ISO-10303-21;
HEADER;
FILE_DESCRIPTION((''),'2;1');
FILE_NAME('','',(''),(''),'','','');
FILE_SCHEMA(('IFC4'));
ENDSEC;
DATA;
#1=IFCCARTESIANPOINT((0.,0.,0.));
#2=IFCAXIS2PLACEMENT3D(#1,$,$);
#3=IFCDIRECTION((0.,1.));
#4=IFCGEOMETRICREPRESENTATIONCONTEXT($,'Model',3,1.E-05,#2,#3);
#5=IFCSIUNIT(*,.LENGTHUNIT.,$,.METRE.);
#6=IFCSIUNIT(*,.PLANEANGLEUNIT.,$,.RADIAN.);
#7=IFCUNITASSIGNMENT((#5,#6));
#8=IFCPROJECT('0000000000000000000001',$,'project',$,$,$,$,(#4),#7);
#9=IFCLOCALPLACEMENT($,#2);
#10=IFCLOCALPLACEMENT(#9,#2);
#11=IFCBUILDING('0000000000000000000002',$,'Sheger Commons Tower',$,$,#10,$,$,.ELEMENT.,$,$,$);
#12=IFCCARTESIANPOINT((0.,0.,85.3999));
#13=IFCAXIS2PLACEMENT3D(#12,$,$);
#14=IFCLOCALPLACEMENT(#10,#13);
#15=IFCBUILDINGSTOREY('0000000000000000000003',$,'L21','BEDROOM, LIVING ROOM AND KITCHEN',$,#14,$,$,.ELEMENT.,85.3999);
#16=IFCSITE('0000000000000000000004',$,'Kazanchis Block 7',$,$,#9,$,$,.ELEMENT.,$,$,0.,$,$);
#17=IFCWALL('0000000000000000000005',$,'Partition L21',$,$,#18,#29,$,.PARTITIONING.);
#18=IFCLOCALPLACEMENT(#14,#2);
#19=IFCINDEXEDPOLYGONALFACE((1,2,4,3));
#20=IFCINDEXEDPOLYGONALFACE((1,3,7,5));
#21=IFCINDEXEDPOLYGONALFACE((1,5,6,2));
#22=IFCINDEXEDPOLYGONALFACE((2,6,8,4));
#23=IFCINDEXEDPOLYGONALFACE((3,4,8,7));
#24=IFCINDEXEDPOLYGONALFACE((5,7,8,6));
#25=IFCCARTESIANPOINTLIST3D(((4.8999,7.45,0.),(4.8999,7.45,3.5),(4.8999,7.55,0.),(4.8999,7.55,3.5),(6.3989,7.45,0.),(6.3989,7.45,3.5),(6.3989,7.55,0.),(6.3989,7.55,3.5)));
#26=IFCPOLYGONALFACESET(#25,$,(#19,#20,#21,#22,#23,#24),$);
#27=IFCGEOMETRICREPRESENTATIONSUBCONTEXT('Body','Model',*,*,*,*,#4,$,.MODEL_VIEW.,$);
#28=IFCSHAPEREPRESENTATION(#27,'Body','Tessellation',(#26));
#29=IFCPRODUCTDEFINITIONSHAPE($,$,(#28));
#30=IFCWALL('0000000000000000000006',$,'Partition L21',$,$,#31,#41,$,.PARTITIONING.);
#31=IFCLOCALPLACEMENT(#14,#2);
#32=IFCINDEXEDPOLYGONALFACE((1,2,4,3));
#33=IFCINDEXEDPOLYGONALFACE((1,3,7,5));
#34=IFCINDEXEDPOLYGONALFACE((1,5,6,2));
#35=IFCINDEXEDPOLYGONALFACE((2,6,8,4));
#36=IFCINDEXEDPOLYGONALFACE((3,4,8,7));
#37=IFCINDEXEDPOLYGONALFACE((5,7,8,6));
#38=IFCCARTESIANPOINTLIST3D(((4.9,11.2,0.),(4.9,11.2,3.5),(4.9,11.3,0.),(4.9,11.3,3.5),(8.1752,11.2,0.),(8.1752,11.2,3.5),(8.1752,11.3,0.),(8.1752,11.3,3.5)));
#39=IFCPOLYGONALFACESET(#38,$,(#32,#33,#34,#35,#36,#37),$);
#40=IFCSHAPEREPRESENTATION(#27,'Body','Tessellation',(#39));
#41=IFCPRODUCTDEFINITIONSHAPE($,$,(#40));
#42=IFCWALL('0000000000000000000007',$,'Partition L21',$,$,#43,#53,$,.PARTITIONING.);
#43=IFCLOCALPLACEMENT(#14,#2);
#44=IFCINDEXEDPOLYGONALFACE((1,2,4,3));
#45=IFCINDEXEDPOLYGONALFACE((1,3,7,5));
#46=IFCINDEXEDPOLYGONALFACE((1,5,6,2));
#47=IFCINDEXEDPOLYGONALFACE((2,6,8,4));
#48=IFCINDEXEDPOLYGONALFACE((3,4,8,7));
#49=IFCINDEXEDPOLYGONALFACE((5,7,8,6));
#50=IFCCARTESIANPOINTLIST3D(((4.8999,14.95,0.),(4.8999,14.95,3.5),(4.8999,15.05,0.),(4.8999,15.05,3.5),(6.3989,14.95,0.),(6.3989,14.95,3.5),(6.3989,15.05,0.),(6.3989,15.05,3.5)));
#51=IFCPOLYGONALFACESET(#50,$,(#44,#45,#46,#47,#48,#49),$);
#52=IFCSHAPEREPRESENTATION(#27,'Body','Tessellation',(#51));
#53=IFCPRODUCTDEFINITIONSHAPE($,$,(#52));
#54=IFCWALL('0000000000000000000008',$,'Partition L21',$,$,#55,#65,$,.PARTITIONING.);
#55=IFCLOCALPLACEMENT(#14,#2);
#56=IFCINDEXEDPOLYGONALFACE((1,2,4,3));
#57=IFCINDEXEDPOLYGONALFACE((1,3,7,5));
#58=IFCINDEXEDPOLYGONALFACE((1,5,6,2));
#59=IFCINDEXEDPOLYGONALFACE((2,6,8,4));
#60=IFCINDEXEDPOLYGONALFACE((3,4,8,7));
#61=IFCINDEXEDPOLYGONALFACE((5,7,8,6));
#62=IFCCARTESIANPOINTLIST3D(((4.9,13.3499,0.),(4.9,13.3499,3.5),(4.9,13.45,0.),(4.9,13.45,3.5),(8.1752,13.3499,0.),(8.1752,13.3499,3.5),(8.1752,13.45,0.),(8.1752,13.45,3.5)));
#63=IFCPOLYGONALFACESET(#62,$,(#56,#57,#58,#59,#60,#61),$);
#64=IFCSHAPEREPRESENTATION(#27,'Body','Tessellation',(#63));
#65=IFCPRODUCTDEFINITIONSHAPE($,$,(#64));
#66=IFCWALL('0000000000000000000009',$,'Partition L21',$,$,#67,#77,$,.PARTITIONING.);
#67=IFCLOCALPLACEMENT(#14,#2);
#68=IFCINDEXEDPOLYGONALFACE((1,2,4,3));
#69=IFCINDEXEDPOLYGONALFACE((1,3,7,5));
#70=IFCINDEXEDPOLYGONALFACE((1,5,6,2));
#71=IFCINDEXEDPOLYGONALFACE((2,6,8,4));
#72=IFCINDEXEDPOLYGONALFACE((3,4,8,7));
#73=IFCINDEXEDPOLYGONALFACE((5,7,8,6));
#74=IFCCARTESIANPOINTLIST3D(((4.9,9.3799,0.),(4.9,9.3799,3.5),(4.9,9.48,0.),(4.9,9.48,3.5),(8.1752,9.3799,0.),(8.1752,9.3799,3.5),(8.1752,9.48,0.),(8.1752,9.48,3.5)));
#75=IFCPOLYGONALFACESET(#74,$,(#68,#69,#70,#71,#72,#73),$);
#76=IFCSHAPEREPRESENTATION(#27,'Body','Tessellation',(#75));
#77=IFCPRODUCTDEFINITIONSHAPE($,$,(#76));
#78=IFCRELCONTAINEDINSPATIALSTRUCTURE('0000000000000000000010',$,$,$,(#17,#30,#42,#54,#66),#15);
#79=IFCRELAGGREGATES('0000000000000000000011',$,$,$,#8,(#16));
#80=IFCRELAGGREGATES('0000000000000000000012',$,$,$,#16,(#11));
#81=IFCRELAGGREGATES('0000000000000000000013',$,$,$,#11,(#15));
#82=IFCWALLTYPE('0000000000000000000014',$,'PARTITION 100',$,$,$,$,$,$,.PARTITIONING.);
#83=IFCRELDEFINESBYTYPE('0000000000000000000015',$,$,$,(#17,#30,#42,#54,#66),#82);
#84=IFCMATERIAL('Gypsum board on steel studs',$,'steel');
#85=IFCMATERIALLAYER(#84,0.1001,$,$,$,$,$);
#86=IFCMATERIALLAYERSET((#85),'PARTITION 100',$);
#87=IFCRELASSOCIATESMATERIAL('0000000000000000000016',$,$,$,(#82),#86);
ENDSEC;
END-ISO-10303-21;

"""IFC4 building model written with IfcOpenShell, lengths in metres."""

from ifc_helpers import new_model, si_unit, direction, frame, frame_2d, origin, place, context, subcontext, project, spatial, rectangle, extrude, material, layer, layer_set, type_object, element, save


model = new_model("IFC4")

# Units and contexts
model_context = context("Model", 3, precision=1e-05, world=origin(), true_north=direction((0.0, 1.0)))
body_context = subcontext(model_context, "Body", "Model", "MODEL_VIEW")
ifc_project = project(units=[si_unit("LENGTHUNIT", "METRE"), si_unit("PLANEANGLEUNIT", "RADIAN")], contexts=[model_context])

# Site, building, storey
site_placement = place(None, origin())
site = spatial("IfcSite", under=ifc_project, at=site_placement, Name="Kazanchis Block 7", CompositionType="ELEMENT", RefElevation=0.0)
building_placement = place(site_placement, origin())
building = spatial("IfcBuilding", under=site, at=building_placement, Name="Sheger Commons Tower", CompositionType="ELEMENT")
storey_placement = place(building_placement, frame((0.0, 0.0, 85.3999)))
storey = spatial("IfcBuildingStorey", under=building, at=storey_placement, Name="L21", Description="BEDROOM, LIVING ROOM AND KITCHEN", CompositionType="ELEMENT", Elevation=85.3999)

# Shared definitions
ifc_material_1 = material(Name="Gypsum board on steel studs", Category="steel")
ifc_layer = layer(ifc_material_1, 0.1001)
ifc_layer_set = layer_set([ifc_layer], Name="PARTITION 100")
wall_type = type_object("IfcWallType", Name="PARTITION 100", PredefinedType="PARTITIONING", material=ifc_layer_set)

# Walls
wall_1_placement = place(storey_placement, frame((4.8999, 7.5, 0.0), z_axis=(0.0, 0.0, 1.0), x_axis=(1.0, 0.0, 0.0)))
element("IfcWall", 1, at=wall_1_placement, inside=storey, type_object=wall_type, Name="Partition L21", PredefinedType="PARTITIONING", context=body_context, shape_type="SweptSolid", body=[
    extrude(rectangle(XDim=1.499, YDim=0.1001, at=frame_2d((0.7495, 0.0))), origin(), (0.0, 0.0, 1.0), 3.5),
])
wall_2_placement = place(storey_placement, frame((4.8999, 11.25, 0.0), z_axis=(0.0, 0.0, 1.0), x_axis=(1.0, 0.0, 0.0)))
element("IfcWall", 2, at=wall_2_placement, inside=storey, type_object=wall_type, Name="Partition L21", PredefinedType="PARTITIONING", context=body_context, shape_type="SweptSolid", body=[
    extrude(rectangle(XDim=3.2751, YDim=0.1001, at=frame_2d((1.6377, 0.0))), origin(), (0.0, 0.0, 1.0), 3.5),
])
wall_3_placement = place(storey_placement, frame((4.8999, 15.0, 0.0), z_axis=(0.0, 0.0, 1.0), x_axis=(1.0, 0.0, 0.0)))
element("IfcWall", 3, at=wall_3_placement, inside=storey, type_object=wall_type, Name="Partition L21", PredefinedType="PARTITIONING", context=body_context, shape_type="SweptSolid", body=[
    extrude(rectangle(XDim=1.499, YDim=0.1001, at=frame_2d((0.7495, 0.0))), origin(), (0.0, 0.0, 1.0), 3.5),
])
for number, where, z_axis, x_axis, name in (
    (4, (4.8999, 13.3999, 0.0), (0.0, 0.0, 1.0), (1.0, 0.0, 0.0), "Partition L21"),
    (5, (4.8999, 9.4299, 0.0), (0.0, 0.0, 1.0), (1.0, 0.0, 0.0), "Partition L21"),
):
    element("IfcWall", number, at=place(storey_placement, frame(where, z_axis=z_axis, x_axis=x_axis)), inside=storey, type_object=wall_type, Name=name, PredefinedType="PARTITIONING", context=body_context, shape_type="SweptSolid", body=[
        extrude(rectangle(XDim=3.2751, YDim=0.1001, at=frame_2d((1.6377, 0.0))), origin(), (0.0, 0.0, 1.0), 3.5),
    ])

save(model, "model.ifc")
